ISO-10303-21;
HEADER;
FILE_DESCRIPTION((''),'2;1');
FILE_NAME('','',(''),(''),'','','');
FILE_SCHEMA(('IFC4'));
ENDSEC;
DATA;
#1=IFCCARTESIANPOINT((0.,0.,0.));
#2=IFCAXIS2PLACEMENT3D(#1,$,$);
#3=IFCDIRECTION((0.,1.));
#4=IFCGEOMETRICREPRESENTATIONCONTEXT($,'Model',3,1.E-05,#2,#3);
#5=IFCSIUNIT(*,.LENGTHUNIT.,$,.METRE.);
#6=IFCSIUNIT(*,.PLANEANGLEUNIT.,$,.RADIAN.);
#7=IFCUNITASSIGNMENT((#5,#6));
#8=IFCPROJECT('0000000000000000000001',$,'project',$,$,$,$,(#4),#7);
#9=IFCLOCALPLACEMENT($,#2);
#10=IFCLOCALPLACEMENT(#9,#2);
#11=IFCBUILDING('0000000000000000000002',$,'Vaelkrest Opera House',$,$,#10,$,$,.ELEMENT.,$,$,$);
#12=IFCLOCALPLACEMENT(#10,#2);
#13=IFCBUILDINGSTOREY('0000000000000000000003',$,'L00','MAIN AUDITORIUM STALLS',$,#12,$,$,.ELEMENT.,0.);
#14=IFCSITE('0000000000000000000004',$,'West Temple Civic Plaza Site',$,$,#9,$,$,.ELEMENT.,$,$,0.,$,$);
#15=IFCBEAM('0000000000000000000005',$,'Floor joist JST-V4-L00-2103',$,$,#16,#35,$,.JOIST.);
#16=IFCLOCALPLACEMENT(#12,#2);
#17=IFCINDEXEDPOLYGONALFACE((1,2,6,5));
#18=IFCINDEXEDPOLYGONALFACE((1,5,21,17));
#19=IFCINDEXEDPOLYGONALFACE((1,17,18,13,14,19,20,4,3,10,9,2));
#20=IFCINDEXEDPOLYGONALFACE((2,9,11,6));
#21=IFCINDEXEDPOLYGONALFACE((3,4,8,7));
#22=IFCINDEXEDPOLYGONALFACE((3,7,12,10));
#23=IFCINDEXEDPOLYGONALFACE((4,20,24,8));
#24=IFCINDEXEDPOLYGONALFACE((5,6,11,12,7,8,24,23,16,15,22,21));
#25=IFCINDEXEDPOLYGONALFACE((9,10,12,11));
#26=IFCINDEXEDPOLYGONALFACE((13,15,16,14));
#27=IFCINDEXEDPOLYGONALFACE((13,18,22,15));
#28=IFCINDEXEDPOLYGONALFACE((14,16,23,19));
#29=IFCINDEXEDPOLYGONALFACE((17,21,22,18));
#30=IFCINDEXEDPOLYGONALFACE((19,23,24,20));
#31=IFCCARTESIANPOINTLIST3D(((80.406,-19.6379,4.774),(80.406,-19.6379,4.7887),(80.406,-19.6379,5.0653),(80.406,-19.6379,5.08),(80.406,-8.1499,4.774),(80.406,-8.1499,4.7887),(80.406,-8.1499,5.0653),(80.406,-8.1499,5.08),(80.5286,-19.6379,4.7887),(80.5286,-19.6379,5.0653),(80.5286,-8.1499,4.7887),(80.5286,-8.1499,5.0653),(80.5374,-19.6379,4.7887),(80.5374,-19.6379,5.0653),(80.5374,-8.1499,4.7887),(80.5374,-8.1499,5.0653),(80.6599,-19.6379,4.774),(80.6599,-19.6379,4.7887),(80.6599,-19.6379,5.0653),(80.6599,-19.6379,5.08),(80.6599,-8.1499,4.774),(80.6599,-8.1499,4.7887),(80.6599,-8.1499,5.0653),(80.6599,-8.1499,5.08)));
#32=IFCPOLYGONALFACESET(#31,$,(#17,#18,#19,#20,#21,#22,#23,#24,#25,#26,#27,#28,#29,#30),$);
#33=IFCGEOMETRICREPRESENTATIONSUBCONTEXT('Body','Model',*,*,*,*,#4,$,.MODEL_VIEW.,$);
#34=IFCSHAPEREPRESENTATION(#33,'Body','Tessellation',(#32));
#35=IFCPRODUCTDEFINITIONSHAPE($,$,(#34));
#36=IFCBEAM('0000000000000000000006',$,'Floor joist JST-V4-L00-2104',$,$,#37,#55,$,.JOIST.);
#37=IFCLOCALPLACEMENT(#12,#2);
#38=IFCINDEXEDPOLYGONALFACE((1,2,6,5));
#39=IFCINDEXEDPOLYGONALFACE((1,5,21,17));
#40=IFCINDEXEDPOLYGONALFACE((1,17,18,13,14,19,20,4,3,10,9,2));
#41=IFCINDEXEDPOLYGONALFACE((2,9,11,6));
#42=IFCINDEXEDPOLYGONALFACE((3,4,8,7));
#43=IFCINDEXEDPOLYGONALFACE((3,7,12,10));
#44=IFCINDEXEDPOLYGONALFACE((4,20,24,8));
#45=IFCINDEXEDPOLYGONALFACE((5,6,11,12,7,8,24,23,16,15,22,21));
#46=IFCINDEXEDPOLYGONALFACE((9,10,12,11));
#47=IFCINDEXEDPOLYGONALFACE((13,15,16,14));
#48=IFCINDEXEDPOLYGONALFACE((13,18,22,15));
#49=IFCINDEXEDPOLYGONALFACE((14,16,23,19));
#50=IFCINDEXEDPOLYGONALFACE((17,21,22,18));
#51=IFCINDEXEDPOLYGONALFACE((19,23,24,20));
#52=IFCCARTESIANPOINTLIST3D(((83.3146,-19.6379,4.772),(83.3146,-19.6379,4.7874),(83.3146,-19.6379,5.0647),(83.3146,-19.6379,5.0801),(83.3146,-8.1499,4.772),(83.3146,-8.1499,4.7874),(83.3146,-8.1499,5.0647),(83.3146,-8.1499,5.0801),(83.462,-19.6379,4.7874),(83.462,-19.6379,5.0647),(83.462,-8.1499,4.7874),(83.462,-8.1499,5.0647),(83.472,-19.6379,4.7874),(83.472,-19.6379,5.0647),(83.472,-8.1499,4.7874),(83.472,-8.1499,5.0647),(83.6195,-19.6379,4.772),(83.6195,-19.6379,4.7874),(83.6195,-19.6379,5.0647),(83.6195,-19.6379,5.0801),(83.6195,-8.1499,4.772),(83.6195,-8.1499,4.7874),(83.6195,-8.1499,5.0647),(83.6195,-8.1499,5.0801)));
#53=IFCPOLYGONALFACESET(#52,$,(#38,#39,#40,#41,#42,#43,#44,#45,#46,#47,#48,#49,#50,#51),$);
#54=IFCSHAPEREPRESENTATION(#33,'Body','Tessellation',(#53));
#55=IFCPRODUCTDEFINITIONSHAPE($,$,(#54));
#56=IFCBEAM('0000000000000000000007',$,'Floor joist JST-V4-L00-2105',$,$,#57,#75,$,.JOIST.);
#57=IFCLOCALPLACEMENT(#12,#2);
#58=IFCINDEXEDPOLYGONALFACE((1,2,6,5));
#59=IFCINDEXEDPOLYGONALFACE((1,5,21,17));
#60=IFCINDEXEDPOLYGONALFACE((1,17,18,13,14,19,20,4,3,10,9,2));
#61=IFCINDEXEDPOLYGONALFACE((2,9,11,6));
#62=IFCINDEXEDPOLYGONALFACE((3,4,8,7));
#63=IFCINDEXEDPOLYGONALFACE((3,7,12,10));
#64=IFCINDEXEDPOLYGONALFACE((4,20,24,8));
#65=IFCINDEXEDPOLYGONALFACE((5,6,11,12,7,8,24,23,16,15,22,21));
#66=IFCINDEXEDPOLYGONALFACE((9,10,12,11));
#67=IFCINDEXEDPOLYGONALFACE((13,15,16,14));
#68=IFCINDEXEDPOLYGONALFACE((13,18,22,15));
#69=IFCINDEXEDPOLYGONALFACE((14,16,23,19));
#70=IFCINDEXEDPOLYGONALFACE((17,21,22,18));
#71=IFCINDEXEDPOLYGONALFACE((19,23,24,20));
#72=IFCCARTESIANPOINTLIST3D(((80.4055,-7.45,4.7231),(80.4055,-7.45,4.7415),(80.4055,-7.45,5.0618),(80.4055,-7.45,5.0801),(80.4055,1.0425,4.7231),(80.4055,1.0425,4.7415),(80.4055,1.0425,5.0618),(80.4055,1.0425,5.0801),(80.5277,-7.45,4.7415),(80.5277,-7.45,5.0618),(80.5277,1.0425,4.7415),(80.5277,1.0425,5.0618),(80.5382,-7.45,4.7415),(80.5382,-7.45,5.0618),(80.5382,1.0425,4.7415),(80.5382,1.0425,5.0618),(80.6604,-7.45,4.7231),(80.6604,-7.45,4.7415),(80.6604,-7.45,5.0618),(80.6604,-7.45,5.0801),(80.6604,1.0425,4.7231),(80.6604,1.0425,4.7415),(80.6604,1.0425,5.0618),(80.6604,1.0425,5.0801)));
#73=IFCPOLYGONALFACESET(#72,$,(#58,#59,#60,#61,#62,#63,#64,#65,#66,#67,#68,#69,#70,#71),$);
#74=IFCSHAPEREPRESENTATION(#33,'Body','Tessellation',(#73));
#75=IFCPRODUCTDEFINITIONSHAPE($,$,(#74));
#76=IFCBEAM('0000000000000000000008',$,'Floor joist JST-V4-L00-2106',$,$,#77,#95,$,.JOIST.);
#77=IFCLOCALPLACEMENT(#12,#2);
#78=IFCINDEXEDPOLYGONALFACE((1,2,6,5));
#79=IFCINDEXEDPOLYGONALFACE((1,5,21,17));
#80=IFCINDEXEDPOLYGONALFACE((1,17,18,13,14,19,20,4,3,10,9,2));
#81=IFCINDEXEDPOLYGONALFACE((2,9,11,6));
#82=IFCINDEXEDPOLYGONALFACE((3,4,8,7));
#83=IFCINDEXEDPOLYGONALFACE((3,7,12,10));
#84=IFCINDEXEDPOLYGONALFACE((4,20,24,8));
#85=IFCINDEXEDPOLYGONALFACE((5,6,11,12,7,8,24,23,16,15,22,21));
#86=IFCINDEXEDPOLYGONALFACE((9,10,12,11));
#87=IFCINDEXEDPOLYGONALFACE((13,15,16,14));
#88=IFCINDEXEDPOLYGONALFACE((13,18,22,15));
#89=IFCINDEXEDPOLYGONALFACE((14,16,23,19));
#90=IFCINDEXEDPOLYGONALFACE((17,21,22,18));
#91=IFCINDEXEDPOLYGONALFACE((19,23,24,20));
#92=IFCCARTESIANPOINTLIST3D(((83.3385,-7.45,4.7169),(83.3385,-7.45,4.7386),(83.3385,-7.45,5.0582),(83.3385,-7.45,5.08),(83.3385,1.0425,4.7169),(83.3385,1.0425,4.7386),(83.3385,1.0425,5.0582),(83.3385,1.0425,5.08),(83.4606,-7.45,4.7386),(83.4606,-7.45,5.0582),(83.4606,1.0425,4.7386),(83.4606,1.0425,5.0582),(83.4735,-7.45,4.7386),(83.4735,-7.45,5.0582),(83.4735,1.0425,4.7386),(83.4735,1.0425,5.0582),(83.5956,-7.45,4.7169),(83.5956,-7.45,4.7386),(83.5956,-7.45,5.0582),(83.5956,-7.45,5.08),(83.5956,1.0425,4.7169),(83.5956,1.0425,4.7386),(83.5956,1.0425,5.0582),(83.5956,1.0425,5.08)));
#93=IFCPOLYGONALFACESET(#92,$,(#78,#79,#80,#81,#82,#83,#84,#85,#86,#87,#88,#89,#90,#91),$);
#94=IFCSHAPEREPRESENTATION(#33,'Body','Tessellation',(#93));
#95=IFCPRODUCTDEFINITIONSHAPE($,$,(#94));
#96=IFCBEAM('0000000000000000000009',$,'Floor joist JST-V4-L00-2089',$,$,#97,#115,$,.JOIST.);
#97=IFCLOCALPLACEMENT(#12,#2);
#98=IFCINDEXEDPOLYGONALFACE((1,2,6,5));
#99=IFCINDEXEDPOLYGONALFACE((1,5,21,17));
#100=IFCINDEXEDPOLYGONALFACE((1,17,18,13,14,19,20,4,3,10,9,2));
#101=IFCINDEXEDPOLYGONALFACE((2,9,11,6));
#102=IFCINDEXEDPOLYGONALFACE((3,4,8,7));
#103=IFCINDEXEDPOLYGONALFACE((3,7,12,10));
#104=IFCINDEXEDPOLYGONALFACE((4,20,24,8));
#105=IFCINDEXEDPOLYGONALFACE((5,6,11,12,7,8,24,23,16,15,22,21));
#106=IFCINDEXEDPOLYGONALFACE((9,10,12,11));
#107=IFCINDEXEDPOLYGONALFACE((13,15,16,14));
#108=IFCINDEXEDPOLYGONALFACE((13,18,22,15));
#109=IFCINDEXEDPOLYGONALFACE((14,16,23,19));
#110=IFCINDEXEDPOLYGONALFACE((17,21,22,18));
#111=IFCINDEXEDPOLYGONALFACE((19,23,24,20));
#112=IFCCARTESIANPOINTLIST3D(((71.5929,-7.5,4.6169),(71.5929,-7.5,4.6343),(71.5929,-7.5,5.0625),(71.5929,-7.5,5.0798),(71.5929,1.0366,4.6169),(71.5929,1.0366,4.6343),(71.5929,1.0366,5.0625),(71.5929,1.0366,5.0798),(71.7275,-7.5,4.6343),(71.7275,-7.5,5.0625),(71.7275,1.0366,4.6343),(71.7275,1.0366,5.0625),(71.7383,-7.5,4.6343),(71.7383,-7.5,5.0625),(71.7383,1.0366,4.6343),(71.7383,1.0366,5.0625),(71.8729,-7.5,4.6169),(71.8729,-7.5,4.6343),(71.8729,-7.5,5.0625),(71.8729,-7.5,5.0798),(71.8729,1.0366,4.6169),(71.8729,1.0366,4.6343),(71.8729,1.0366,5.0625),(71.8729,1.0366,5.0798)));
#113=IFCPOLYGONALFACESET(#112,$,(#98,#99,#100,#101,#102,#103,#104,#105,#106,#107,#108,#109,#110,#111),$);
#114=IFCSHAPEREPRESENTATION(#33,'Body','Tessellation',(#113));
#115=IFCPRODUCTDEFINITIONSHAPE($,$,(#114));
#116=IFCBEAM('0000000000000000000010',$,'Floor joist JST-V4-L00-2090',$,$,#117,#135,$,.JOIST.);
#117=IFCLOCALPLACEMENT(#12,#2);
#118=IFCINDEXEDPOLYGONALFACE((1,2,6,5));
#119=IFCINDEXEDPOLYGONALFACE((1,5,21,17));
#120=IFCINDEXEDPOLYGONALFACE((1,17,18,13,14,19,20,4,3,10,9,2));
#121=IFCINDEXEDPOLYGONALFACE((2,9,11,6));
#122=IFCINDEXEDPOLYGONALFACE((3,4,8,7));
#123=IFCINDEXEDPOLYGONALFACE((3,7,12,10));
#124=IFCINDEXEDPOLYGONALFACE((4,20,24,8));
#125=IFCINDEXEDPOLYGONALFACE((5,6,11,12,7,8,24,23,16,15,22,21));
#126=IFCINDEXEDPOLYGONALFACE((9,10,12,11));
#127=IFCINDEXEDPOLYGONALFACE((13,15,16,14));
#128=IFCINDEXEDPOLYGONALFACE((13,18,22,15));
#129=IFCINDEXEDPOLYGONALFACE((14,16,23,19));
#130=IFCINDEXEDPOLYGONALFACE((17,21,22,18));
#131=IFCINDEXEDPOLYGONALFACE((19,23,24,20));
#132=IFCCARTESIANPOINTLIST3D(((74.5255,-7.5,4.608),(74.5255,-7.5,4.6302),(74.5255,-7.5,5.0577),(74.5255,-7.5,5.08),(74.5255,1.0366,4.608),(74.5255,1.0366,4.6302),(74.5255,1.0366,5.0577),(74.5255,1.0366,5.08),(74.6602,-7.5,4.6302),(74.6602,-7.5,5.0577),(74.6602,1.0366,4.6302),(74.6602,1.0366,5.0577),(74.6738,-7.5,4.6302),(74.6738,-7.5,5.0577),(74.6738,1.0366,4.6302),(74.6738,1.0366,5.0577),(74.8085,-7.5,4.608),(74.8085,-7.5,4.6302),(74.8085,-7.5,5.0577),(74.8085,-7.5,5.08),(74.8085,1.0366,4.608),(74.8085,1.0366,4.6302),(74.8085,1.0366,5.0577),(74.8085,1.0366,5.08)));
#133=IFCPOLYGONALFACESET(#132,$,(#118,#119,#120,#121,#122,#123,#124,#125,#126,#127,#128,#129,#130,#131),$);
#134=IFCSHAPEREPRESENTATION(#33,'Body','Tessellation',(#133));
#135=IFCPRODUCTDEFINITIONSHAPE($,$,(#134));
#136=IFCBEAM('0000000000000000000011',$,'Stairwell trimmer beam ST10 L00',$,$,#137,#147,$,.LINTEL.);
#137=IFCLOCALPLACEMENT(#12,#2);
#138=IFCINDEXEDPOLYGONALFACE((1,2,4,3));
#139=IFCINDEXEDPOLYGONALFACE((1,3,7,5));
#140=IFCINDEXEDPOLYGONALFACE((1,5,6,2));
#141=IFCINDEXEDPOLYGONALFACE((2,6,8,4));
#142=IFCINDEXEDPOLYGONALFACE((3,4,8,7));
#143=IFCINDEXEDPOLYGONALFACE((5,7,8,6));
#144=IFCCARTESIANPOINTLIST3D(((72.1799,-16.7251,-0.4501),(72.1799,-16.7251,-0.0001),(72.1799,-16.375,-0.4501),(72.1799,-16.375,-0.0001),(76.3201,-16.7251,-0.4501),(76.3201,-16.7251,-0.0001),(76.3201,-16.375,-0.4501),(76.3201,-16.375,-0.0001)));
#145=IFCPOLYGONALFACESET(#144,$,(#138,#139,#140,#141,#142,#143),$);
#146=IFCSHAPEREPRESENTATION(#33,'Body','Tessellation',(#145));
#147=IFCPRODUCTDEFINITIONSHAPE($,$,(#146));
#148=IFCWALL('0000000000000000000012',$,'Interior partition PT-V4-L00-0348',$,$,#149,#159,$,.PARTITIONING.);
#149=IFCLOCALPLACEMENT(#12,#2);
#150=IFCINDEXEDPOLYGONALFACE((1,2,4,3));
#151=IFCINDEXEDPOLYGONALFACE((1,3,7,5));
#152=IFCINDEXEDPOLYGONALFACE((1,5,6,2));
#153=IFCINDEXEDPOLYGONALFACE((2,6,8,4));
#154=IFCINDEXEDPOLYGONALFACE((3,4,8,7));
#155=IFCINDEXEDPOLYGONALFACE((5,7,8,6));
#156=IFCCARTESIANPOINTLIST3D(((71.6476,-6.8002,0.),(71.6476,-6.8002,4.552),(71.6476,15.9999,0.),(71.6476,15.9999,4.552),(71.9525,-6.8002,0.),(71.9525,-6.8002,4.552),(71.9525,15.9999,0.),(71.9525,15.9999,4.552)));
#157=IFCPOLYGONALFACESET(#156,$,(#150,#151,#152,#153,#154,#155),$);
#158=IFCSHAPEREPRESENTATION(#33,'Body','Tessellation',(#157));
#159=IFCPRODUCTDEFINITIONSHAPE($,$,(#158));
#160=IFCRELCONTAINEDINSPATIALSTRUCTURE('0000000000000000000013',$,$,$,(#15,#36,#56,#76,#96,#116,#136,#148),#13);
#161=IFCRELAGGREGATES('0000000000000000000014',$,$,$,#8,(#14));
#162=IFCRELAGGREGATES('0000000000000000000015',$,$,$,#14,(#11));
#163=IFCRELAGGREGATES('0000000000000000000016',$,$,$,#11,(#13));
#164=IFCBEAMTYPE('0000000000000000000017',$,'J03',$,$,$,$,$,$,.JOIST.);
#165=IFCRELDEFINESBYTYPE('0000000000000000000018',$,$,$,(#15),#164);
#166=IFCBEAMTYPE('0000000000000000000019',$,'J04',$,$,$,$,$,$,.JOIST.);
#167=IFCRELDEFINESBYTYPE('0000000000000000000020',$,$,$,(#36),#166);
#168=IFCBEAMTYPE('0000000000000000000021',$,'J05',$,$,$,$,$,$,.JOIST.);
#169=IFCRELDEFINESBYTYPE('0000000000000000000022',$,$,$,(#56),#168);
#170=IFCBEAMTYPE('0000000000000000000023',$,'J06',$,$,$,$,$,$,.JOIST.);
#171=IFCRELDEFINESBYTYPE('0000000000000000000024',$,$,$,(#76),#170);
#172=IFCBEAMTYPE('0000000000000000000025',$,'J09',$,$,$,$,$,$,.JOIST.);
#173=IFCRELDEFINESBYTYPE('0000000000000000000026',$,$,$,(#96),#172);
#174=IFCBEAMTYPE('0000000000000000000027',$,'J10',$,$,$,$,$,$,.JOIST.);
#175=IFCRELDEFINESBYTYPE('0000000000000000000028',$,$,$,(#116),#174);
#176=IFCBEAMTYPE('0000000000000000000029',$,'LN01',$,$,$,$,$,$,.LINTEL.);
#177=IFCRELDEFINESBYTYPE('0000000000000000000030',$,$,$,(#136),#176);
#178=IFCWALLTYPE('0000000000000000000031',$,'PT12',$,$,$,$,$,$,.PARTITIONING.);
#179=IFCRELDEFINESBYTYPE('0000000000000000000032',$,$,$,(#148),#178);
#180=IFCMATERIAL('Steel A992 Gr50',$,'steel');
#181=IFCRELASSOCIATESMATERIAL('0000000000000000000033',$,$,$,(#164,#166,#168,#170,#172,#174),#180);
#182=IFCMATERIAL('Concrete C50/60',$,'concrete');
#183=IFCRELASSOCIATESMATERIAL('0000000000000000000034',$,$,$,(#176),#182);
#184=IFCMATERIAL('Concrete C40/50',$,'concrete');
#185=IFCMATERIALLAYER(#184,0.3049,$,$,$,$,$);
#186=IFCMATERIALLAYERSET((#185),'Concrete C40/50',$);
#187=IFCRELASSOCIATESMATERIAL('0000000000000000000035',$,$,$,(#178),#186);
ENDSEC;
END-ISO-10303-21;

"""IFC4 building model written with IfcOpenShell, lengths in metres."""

from ifc_helpers import new_model, si_unit, direction, frame, frame_2d, origin, origin_2d, place, context, subcontext, project, spatial, rectangle, i_section, extrude, material, layer, layer_set, material_profile, profile_set, type_object, element, save


model = new_model("IFC4")

# Units and contexts
model_context = context("Model", 3, precision=1e-05, world=origin(), true_north=direction((0.0, 1.0)))
body_context = subcontext(model_context, "Body", "Model", "MODEL_VIEW")
ifc_project = project(units=[si_unit("LENGTHUNIT", "METRE"), si_unit("PLANEANGLEUNIT", "RADIAN")], contexts=[model_context])

# Site, building, storey
site_placement = place(None, origin())
site = spatial("IfcSite", under=ifc_project, at=site_placement, Name="West Temple Civic Plaza Site", CompositionType="ELEMENT", RefElevation=0.0)
building_placement = place(site_placement, origin())
building = spatial("IfcBuilding", under=site, at=building_placement, Name="Vaelkrest Opera House", CompositionType="ELEMENT")
storey_placement = place(building_placement, origin())
storey = spatial("IfcBuildingStorey", under=building, at=storey_placement, Name="L00", Description="MAIN AUDITORIUM STALLS", CompositionType="ELEMENT", Elevation=0.0)

# Shared definitions
ifc_material_1 = material(Name="Concrete C50/60", Category="concrete")

# Beams
ifc_material_2 = material(Name="Steel A992 Gr50", Category="steel")
ifc_material_profile_1 = material_profile(ifc_material_2, i_section(OverallWidth=0.2539, OverallDepth=0.3059, WebThickness=0.0088, FlangeThickness=0.0146, at=origin_2d()), Name="W12X53")
ifc_profile_set_1 = profile_set([ifc_material_profile_1], Name="Steel A992 Gr50")
beam_type_1 = type_object("IfcBeamType", Name="J03", PredefinedType="JOIST", material=ifc_profile_set_1)
beam_1_placement = place(storey_placement, frame((80.533, -19.6379, 4.927), z_axis=(0.0, 1.0, 0.0), x_axis=(-1.0, 0.0, 0.0)))
element("IfcBeam", 1, at=beam_1_placement, inside=storey, type_object=beam_type_1, Name="Floor joist JST-V4-L00-2103", PredefinedType="JOIST", context=body_context, shape_type="SweptSolid", body=[
    extrude(i_section(OverallWidth=0.2539, OverallDepth=0.3059, WebThickness=0.0088, FlangeThickness=0.0146, at=origin_2d()), origin(), (0.0, 0.0, 1.0), 11.488),
])
ifc_material_profile_2 = material_profile(ifc_material_2, i_section(OverallWidth=0.3049, OverallDepth=0.3081, WebThickness=0.01, FlangeThickness=0.0154, at=origin_2d()), Name="W12X65")
ifc_profile_set_2 = profile_set([ifc_material_profile_2], Name="Steel A992 Gr50")
beam_type_2 = type_object("IfcBeamType", Name="J04", PredefinedType="JOIST", material=ifc_profile_set_2)
beam_2_placement = place(storey_placement, frame((83.467, -19.6379, 4.926), z_axis=(0.0, 1.0, 0.0), x_axis=(-1.0, 0.0, 0.0)))
element("IfcBeam", 2, at=beam_2_placement, inside=storey, type_object=beam_type_2, Name="Floor joist JST-V4-L00-2104", PredefinedType="JOIST", context=body_context, shape_type="SweptSolid", body=[
    extrude(i_section(OverallWidth=0.3049, OverallDepth=0.3081, WebThickness=0.01, FlangeThickness=0.0154, at=origin_2d()), origin(), (0.0, 0.0, 1.0), 11.488),
])
ifc_material_profile_3 = material_profile(ifc_material_2, i_section(OverallWidth=0.2549, OverallDepth=0.3569, WebThickness=0.0105, FlangeThickness=0.0183, at=origin_2d()), Name="W14X68")
ifc_profile_set_3 = profile_set([ifc_material_profile_3], Name="Steel A992 Gr50")
beam_type_3 = type_object("IfcBeamType", Name="J05", PredefinedType="JOIST", material=ifc_profile_set_3)
beam_3_placement = place(storey_placement, frame((80.533, -7.45, 4.9016), z_axis=(0.0, 1.0, 0.0), x_axis=(-1.0, 0.0, 0.0)))
element("IfcBeam", 3, at=beam_3_placement, inside=storey, type_object=beam_type_3, Name="Floor joist JST-V4-L00-2105", PredefinedType="JOIST", context=body_context, shape_type="SweptSolid", body=[
    extrude(i_section(OverallWidth=0.2549, OverallDepth=0.3569, WebThickness=0.0105, FlangeThickness=0.0183, at=origin_2d()), origin(), (0.0, 0.0, 1.0), 8.4924),
])
ifc_material_profile_4 = material_profile(ifc_material_2, i_section(OverallWidth=0.2571, OverallDepth=0.363, WebThickness=0.0129, FlangeThickness=0.0217, at=origin_2d()), Name="W14X82")
ifc_profile_set_4 = profile_set([ifc_material_profile_4], Name="Steel A992 Gr50")
beam_type_4 = type_object("IfcBeamType", Name="J06", PredefinedType="JOIST", material=ifc_profile_set_4)
beam_4_placement = place(storey_placement, frame((83.467, -7.45, 4.8984), z_axis=(0.0, 1.0, 0.0), x_axis=(-1.0, 0.0, 0.0)))
element("IfcBeam", 4, at=beam_4_placement, inside=storey, type_object=beam_type_4, Name="Floor joist JST-V4-L00-2106", PredefinedType="JOIST", context=body_context, shape_type="SweptSolid", body=[
    extrude(i_section(OverallWidth=0.2571, OverallDepth=0.363, WebThickness=0.0129, FlangeThickness=0.0217, at=origin_2d()), origin(), (0.0, 0.0, 1.0), 8.4924),
])
ifc_material_profile_5 = material_profile(ifc_material_2, i_section(OverallWidth=0.28, OverallDepth=0.4629, WebThickness=0.0107, FlangeThickness=0.0173, at=origin_2d()), Name="W18X76")
ifc_profile_set_5 = profile_set([ifc_material_profile_5], Name="Steel A992 Gr50")
beam_type_5 = type_object("IfcBeamType", Name="J09", PredefinedType="JOIST", material=ifc_profile_set_5)
beam_5_placement = place(storey_placement, frame((71.7329, -7.5, 4.8484), z_axis=(0.0, 1.0, 0.0), x_axis=(-1.0, 0.0, 0.0)))
element("IfcBeam", 5, at=beam_5_placement, inside=storey, type_object=beam_type_5, Name="Floor joist JST-V4-L00-2089", PredefinedType="JOIST", context=body_context, shape_type="SweptSolid", body=[
    extrude(i_section(OverallWidth=0.28, OverallDepth=0.4629, WebThickness=0.0107, FlangeThickness=0.0173, at=origin_2d()), origin(), (0.0, 0.0, 1.0), 8.5366),
])
ifc_material_profile_6 = material_profile(ifc_material_2, i_section(OverallWidth=0.283, OverallDepth=0.4719, WebThickness=0.0137, FlangeThickness=0.0222, at=origin_2d()), Name="W18X97")
ifc_profile_set_6 = profile_set([ifc_material_profile_6], Name="Steel A992 Gr50")
beam_type_6 = type_object("IfcBeamType", Name="J10", PredefinedType="JOIST", material=ifc_profile_set_6)
beam_6_placement = place(storey_placement, frame((74.667, -7.5, 4.844), z_axis=(0.0, 1.0, 0.0), x_axis=(-1.0, 0.0, 0.0)))
element("IfcBeam", 6, at=beam_6_placement, inside=storey, type_object=beam_type_6, Name="Floor joist JST-V4-L00-2090", PredefinedType="JOIST", context=body_context, shape_type="SweptSolid", body=[
    extrude(i_section(OverallWidth=0.283, OverallDepth=0.4719, WebThickness=0.0137, FlangeThickness=0.0222, at=origin_2d()), origin(), (0.0, 0.0, 1.0), 8.5366),
])
ifc_material_profile_7 = material_profile(ifc_material_1, rectangle(XDim=0.3501, YDim=0.45, at=origin_2d()), Name="RCB350X450")
ifc_profile_set_7 = profile_set([ifc_material_profile_7], Name="Concrete C50/60")
beam_type_7 = type_object("IfcBeamType", Name="LN01", PredefinedType="LINTEL", material=ifc_profile_set_7)
beam_7_placement = place(storey_placement, frame((72.1799, -16.55, -0.2251), z_axis=(1.0, 0.0, 0.0), x_axis=(0.0, 1.0, 0.0)))
element("IfcBeam", 7, at=beam_7_placement, inside=storey, type_object=beam_type_7, Name="Stairwell trimmer beam ST10 L00", PredefinedType="LINTEL", context=body_context, shape_type="SweptSolid", body=[
    extrude(rectangle(XDim=0.3501, YDim=0.45, at=origin_2d()), origin(), (0.0, 0.0, 1.0), 4.1401),
])

# Wall
ifc_material_3 = material(Name="Concrete C40/50", Category="concrete")
ifc_layer_1 = layer(ifc_material_3, 0.3049)
ifc_layer_set_1 = layer_set([ifc_layer_1], Name="Concrete C40/50")
wall_type_1 = type_object("IfcWallType", Name="PT12", PredefinedType="PARTITIONING", material=ifc_layer_set_1)
wall_1_placement = place(storey_placement, frame((71.8, -6.8, 0.0), z_axis=(0.0, 0.0, 1.0), x_axis=(0.0, 1.0, 0.0)))
element("IfcWall", 8, at=wall_1_placement, inside=storey, type_object=wall_type_1, Name="Interior partition PT-V4-L00-0348", PredefinedType="PARTITIONING", context=body_context, shape_type="SweptSolid", body=[
    extrude(rectangle(XDim=22.8, YDim=0.3049, at=frame_2d((11.3999, 0.0))), origin(), (0.0, 0.0, 1.0), 4.552),
])

save(model, "model.ifc")
